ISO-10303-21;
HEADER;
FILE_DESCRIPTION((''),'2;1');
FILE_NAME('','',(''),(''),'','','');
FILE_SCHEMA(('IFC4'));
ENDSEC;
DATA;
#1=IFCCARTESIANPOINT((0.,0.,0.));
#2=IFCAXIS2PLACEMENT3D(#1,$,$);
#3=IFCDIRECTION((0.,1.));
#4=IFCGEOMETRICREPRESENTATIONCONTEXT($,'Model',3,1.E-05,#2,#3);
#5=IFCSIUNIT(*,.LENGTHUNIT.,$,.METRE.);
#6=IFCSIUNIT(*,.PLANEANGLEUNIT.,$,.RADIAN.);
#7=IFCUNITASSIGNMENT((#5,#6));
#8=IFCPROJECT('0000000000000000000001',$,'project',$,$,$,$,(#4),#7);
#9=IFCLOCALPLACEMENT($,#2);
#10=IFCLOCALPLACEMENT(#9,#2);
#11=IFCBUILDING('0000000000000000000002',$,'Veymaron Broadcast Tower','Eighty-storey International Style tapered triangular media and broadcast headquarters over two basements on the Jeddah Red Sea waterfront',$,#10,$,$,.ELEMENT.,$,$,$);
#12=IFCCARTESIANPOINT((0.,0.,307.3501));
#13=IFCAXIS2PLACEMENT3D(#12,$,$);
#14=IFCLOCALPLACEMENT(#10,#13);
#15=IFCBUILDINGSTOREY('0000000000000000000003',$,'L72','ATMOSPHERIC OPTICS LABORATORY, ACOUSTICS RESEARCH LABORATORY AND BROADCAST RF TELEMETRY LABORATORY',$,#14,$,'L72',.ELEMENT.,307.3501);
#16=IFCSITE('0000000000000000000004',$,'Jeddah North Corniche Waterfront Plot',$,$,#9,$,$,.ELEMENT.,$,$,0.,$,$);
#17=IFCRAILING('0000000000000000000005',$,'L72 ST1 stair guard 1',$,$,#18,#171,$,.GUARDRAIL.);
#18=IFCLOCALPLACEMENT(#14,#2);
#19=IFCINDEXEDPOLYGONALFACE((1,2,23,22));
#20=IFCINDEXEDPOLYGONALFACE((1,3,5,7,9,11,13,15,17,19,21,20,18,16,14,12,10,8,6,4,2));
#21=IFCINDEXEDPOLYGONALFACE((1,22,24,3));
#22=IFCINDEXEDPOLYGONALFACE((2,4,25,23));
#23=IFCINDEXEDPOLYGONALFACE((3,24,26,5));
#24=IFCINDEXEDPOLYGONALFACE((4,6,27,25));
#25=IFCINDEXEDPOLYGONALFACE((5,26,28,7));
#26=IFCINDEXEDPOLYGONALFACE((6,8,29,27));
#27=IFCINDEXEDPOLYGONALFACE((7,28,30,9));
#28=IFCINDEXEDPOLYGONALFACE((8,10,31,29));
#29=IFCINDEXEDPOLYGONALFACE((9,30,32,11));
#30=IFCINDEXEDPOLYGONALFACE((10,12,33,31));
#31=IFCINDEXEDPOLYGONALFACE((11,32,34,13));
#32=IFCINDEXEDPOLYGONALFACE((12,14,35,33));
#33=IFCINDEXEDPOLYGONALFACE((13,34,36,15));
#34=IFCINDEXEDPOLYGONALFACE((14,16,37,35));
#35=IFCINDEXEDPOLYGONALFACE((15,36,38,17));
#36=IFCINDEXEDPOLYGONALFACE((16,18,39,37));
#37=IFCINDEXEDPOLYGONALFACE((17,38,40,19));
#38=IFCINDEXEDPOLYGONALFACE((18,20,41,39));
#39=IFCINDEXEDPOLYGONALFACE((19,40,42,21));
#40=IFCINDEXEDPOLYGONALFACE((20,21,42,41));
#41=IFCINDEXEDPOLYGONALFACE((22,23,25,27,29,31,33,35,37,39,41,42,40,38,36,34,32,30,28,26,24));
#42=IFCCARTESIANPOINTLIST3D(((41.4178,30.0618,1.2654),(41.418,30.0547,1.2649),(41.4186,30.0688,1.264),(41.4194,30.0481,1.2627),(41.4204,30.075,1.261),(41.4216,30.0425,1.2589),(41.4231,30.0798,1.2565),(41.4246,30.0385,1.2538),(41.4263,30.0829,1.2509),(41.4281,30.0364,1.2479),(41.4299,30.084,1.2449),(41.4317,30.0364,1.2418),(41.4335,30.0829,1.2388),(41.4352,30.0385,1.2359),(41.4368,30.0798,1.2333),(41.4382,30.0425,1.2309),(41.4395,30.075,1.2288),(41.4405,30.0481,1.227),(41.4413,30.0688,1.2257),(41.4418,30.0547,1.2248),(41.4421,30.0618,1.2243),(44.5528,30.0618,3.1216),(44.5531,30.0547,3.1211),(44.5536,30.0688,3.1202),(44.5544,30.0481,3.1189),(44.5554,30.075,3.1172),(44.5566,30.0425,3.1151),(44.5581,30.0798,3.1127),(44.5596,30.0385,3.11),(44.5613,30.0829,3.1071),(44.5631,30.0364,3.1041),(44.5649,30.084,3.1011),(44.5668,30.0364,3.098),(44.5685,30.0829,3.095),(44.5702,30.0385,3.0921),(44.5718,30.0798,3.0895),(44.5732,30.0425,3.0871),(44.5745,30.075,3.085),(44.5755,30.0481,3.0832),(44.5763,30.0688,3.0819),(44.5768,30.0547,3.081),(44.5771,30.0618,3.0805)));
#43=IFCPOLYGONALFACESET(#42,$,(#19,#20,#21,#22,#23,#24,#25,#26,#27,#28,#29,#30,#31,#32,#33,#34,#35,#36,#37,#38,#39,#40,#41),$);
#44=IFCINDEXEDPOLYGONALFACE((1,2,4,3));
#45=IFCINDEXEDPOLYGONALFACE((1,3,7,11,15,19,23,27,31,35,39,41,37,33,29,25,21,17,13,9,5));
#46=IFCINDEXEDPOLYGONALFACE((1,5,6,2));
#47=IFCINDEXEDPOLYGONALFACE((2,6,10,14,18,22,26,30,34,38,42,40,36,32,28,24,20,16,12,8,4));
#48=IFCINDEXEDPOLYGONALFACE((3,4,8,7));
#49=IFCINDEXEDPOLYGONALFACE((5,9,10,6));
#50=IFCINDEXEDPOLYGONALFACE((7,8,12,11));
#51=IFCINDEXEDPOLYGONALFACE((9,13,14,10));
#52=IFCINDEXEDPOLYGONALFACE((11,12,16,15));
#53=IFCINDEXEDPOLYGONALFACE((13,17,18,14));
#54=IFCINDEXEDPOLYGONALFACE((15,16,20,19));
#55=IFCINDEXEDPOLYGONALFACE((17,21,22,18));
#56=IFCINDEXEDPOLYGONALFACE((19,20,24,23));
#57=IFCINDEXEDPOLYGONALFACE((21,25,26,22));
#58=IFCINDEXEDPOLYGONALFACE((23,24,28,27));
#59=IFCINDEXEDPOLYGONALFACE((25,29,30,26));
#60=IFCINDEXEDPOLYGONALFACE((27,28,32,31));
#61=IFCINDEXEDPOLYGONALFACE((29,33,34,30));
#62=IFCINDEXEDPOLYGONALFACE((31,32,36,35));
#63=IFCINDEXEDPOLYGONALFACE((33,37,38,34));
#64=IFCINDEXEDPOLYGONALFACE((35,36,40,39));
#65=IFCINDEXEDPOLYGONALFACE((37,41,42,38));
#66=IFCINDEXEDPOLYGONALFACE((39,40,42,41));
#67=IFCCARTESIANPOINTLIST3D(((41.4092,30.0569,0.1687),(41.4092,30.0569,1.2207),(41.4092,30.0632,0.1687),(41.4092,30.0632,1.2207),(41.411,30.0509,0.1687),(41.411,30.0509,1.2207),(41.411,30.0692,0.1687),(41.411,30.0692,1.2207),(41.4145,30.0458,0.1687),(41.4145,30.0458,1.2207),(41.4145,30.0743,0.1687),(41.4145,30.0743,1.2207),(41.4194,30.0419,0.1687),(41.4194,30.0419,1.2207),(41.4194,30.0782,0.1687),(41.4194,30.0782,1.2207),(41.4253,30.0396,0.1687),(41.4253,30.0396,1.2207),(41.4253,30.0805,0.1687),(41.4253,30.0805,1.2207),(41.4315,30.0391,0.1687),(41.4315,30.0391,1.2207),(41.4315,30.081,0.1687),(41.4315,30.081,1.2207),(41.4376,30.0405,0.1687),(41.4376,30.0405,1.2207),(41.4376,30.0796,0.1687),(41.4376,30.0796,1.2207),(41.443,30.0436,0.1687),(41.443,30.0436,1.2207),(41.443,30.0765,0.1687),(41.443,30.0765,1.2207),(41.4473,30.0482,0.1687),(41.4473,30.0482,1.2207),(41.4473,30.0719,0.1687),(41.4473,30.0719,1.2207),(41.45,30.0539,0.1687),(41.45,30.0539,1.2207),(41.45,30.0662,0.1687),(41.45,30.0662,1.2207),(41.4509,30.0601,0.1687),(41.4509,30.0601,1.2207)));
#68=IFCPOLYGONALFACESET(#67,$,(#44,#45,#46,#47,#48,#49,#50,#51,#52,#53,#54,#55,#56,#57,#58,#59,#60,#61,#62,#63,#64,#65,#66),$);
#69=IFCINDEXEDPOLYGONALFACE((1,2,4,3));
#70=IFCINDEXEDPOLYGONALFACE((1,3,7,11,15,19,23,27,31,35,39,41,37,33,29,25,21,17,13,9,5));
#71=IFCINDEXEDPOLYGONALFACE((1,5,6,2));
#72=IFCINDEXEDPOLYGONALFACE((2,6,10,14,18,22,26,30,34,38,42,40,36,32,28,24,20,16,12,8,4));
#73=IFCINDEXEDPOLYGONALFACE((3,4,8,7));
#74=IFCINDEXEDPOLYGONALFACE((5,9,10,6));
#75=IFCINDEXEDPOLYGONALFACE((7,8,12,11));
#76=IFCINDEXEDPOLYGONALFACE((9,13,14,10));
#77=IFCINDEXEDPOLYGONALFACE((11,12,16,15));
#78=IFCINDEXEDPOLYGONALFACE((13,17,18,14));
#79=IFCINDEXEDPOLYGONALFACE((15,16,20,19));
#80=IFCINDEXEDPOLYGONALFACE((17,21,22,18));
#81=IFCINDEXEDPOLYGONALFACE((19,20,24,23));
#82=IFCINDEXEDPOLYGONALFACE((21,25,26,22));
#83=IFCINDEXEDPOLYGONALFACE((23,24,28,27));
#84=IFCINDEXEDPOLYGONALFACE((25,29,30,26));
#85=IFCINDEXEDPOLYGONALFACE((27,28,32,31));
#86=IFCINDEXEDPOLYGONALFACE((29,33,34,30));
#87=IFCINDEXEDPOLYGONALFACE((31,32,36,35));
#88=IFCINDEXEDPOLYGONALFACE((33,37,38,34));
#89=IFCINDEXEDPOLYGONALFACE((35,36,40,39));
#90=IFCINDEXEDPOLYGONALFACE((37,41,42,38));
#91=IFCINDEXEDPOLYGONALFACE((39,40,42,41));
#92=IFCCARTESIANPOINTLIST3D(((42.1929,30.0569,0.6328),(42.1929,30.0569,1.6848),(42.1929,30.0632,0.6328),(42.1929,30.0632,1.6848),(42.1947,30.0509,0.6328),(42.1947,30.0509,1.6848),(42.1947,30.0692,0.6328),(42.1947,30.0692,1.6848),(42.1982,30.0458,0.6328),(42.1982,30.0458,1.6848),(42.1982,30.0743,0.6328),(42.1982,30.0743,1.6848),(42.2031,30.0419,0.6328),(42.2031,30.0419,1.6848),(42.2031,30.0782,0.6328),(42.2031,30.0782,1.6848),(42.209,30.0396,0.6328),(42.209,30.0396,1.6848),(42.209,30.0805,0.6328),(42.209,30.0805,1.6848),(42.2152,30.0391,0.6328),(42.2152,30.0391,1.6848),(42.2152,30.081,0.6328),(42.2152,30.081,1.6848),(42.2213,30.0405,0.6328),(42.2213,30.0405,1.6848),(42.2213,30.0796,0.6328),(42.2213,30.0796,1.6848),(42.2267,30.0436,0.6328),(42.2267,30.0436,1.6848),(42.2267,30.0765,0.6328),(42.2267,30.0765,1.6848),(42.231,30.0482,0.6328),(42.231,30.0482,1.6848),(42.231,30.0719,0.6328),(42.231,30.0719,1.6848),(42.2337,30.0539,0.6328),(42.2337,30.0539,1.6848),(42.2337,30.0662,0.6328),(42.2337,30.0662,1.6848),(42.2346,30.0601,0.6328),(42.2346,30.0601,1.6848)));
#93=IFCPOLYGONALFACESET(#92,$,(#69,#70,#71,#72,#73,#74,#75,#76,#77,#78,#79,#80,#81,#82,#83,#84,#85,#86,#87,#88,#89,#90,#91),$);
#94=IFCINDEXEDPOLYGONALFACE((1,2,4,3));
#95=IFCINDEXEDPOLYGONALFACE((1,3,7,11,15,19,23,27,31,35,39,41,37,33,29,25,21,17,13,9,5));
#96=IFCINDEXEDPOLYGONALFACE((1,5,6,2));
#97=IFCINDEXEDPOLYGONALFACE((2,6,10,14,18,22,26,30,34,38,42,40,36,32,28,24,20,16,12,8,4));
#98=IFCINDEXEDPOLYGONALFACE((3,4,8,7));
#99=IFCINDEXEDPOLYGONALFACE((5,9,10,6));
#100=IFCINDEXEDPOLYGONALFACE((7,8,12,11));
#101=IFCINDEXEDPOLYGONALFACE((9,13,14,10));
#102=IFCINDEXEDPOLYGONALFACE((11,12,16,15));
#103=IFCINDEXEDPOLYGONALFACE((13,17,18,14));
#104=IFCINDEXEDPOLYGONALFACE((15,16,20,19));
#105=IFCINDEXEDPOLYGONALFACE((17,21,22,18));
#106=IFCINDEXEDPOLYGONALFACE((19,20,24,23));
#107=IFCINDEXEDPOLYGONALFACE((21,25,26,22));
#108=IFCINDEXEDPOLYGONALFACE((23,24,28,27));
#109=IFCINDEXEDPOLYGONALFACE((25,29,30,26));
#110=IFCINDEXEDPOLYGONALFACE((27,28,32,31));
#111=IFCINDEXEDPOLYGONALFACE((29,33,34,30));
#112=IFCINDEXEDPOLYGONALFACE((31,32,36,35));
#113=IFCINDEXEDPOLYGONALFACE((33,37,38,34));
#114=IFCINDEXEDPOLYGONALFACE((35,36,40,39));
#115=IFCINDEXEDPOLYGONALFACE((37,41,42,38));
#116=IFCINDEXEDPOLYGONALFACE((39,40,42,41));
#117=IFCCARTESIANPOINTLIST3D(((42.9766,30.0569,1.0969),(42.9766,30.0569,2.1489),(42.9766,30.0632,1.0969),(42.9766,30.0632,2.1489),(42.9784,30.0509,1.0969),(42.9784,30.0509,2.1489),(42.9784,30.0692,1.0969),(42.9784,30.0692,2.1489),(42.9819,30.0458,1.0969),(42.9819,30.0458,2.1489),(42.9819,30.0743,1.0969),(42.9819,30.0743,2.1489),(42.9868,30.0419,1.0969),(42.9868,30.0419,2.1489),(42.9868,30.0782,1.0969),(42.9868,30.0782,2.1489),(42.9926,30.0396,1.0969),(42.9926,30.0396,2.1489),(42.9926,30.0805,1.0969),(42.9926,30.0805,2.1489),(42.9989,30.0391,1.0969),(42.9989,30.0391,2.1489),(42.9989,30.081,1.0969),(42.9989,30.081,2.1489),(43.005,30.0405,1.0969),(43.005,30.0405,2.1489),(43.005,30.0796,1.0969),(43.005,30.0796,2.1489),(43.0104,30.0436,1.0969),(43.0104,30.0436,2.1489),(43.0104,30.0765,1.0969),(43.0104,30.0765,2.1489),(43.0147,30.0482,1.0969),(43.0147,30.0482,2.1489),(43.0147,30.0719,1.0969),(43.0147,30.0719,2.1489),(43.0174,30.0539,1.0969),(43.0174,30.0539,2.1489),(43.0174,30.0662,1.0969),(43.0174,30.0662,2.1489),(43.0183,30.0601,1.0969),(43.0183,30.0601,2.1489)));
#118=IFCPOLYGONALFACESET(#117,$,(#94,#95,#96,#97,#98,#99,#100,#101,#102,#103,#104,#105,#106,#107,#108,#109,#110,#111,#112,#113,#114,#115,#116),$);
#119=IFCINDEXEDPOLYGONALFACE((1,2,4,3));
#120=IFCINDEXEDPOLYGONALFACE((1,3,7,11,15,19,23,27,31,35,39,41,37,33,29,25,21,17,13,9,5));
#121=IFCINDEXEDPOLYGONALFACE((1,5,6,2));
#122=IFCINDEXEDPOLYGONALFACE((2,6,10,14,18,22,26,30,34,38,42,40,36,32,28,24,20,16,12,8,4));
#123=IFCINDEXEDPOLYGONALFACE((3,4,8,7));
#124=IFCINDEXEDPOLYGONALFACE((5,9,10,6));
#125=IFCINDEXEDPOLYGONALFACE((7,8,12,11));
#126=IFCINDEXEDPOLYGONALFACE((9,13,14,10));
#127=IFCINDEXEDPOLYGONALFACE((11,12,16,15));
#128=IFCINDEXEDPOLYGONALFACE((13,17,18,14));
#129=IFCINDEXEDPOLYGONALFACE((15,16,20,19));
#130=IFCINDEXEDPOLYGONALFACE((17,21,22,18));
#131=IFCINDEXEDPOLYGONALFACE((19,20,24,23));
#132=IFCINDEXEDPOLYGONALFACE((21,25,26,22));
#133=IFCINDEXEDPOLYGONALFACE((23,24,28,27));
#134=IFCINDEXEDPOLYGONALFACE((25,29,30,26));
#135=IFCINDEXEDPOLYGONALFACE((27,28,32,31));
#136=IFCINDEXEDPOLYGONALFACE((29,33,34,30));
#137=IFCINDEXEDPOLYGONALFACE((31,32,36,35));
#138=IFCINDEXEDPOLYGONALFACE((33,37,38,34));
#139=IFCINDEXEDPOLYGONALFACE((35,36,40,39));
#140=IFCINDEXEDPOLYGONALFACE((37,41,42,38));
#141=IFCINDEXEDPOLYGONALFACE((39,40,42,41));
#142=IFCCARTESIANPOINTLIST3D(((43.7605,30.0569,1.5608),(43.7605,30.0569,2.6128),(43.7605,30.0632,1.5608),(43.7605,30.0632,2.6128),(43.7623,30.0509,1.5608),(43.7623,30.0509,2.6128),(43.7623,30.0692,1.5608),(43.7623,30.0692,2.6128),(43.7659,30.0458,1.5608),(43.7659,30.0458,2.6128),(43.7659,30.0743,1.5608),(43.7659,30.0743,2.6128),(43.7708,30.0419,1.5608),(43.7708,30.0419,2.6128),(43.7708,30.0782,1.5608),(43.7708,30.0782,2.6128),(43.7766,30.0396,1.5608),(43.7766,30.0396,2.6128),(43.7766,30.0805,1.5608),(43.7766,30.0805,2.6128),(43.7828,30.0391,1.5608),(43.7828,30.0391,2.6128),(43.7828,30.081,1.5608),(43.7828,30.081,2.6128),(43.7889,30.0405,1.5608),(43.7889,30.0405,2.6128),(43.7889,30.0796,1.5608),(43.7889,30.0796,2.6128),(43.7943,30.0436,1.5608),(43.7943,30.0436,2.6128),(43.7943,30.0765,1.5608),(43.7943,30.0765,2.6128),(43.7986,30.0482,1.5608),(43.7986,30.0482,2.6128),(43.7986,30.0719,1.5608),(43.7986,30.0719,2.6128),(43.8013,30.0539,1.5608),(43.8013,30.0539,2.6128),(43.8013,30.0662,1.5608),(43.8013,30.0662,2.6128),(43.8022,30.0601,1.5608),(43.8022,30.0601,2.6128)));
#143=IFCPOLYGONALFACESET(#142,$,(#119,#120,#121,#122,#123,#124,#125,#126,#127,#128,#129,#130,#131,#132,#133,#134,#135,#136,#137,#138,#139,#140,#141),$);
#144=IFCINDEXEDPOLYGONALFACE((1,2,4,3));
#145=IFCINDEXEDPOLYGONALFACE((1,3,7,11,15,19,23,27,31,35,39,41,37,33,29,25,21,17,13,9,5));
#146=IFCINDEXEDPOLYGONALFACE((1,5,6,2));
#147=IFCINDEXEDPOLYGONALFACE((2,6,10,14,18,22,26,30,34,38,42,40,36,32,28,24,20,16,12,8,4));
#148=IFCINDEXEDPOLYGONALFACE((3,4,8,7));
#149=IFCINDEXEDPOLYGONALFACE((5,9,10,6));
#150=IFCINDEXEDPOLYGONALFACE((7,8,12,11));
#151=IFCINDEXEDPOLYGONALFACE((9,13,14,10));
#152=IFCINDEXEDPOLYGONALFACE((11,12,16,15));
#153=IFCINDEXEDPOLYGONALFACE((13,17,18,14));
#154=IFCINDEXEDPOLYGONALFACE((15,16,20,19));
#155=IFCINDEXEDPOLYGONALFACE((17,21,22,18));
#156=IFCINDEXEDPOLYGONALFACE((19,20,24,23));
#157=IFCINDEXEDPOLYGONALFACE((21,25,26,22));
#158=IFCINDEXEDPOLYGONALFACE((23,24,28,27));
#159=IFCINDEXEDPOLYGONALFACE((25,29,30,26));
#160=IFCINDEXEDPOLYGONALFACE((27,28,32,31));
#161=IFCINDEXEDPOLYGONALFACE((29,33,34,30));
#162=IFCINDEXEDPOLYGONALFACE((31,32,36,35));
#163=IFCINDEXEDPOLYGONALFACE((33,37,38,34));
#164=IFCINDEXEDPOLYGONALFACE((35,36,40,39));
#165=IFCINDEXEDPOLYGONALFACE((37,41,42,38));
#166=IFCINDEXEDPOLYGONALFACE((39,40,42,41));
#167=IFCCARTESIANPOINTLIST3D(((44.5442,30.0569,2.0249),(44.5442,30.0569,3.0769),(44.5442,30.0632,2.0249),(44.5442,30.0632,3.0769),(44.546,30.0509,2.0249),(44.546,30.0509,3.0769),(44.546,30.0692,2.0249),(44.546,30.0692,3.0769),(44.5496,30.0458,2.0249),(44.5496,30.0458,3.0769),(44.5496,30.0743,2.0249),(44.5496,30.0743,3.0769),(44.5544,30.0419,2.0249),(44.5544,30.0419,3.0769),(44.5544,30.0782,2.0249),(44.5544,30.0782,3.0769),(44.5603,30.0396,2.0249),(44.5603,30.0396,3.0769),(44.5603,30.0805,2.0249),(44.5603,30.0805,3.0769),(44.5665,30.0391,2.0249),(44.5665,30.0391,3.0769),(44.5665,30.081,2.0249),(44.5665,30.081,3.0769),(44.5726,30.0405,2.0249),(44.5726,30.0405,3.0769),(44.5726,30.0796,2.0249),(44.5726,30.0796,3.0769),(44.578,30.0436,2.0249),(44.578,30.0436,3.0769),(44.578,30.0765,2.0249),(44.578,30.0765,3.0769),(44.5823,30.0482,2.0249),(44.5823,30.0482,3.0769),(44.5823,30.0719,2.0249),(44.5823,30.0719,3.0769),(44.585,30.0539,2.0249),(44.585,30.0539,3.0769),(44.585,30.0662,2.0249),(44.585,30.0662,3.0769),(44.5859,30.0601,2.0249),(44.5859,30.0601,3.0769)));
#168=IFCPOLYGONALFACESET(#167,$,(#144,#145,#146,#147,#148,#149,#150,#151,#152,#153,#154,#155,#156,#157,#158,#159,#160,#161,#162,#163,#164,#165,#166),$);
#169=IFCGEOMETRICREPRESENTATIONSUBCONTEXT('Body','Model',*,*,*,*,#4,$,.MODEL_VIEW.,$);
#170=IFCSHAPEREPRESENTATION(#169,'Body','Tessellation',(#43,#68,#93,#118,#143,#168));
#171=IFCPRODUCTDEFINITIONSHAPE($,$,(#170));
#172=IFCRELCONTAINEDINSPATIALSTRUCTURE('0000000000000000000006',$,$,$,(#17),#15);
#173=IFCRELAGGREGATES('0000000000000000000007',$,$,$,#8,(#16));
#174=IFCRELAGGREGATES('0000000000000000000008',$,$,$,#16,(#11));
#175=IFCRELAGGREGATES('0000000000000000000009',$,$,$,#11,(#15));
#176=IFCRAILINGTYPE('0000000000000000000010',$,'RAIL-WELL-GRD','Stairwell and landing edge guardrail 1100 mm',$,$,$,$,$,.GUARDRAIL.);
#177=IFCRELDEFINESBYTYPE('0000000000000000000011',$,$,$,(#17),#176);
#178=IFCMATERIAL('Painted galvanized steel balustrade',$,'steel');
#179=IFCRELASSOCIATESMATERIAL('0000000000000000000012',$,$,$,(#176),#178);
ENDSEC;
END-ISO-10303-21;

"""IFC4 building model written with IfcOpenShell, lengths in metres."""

from ifc_helpers import new_model, si_unit, direction, frame, origin, origin_2d, place, context, subcontext, project, spatial, circle, extrude, material, type_object, element, save


model = new_model("IFC4")

# Units and contexts
model_context = context("Model", 3, precision=1e-05, world=origin(), true_north=direction((0.0, 1.0)))
body_context = subcontext(model_context, "Body", "Model", "MODEL_VIEW")
ifc_project = project(units=[si_unit("LENGTHUNIT", "METRE"), si_unit("PLANEANGLEUNIT", "RADIAN")], contexts=[model_context])

# Site, building, storey
site_placement = place(None, origin())
site = spatial("IfcSite", under=ifc_project, at=site_placement, Name="Jeddah North Corniche Waterfront Plot", CompositionType="ELEMENT", RefElevation=0.0)
building_placement = place(site_placement, origin())
building = spatial("IfcBuilding", under=site, at=building_placement, Name="Veymaron Broadcast Tower", Description="Eighty-storey International Style tapered triangular media and broadcast headquarters over two basements on the Jeddah Red Sea waterfront", CompositionType="ELEMENT")
storey_placement = place(building_placement, frame((0.0, 0.0, 307.3501)))
storey = spatial("IfcBuildingStorey", under=building, at=storey_placement, Name="L72", Description="ATMOSPHERIC OPTICS LABORATORY, ACOUSTICS RESEARCH LABORATORY AND BROADCAST RF TELEMETRY LABORATORY", LongName="L72", CompositionType="ELEMENT", Elevation=307.3501)

# Railing
ifc_material_1 = material(Name="Painted galvanized steel balustrade", Category="steel")
railing_type_1 = type_object("IfcRailingType", Name="RAIL-WELL-GRD", Description="Stairwell and landing edge guardrail 1100 mm", PredefinedType="GUARDRAIL", material=ifc_material_1)
railing_1_placement = place(storey_placement, frame((41.4299, 30.0601, 0.1687)))
element("IfcRailing", 1, at=railing_1_placement, inside=storey, type_object=railing_type_1, Name="L72 ST1 stair guard 1", PredefinedType="GUARDRAIL", context=body_context, shape_type="SweptSolid", body=[
    extrude(circle(Radius=0.0239, at=origin_2d()), frame((0.0, 0.0, 1.0762), z_axis=(0.860482, 0.0, 0.509481), x_axis=(0.0, 1.0, 0.0)), (0.0, 0.0, 1.0), 3.6433),
    extrude(circle(Radius=0.021, at=origin_2d()), origin(), (0.0, 0.0, 1.0), 1.052),
    extrude(circle(Radius=0.021, at=origin_2d()), frame((0.7837, 0.0, 0.4641)), (0.0, 0.0, 1.0), 1.052),
    extrude(circle(Radius=0.021, at=origin_2d()), frame((1.5674, 0.0, 0.9282)), (0.0, 0.0, 1.0), 1.052),
    extrude(circle(Radius=0.021, at=origin_2d()), frame((2.3513, 0.0, 1.3921)), (0.0, 0.0, 1.0), 1.052),
    extrude(circle(Radius=0.021, at=origin_2d()), frame((3.135, 0.0, 1.8562)), (0.0, 0.0, 1.0), 1.052),
])

save(model, "model.ifc")
